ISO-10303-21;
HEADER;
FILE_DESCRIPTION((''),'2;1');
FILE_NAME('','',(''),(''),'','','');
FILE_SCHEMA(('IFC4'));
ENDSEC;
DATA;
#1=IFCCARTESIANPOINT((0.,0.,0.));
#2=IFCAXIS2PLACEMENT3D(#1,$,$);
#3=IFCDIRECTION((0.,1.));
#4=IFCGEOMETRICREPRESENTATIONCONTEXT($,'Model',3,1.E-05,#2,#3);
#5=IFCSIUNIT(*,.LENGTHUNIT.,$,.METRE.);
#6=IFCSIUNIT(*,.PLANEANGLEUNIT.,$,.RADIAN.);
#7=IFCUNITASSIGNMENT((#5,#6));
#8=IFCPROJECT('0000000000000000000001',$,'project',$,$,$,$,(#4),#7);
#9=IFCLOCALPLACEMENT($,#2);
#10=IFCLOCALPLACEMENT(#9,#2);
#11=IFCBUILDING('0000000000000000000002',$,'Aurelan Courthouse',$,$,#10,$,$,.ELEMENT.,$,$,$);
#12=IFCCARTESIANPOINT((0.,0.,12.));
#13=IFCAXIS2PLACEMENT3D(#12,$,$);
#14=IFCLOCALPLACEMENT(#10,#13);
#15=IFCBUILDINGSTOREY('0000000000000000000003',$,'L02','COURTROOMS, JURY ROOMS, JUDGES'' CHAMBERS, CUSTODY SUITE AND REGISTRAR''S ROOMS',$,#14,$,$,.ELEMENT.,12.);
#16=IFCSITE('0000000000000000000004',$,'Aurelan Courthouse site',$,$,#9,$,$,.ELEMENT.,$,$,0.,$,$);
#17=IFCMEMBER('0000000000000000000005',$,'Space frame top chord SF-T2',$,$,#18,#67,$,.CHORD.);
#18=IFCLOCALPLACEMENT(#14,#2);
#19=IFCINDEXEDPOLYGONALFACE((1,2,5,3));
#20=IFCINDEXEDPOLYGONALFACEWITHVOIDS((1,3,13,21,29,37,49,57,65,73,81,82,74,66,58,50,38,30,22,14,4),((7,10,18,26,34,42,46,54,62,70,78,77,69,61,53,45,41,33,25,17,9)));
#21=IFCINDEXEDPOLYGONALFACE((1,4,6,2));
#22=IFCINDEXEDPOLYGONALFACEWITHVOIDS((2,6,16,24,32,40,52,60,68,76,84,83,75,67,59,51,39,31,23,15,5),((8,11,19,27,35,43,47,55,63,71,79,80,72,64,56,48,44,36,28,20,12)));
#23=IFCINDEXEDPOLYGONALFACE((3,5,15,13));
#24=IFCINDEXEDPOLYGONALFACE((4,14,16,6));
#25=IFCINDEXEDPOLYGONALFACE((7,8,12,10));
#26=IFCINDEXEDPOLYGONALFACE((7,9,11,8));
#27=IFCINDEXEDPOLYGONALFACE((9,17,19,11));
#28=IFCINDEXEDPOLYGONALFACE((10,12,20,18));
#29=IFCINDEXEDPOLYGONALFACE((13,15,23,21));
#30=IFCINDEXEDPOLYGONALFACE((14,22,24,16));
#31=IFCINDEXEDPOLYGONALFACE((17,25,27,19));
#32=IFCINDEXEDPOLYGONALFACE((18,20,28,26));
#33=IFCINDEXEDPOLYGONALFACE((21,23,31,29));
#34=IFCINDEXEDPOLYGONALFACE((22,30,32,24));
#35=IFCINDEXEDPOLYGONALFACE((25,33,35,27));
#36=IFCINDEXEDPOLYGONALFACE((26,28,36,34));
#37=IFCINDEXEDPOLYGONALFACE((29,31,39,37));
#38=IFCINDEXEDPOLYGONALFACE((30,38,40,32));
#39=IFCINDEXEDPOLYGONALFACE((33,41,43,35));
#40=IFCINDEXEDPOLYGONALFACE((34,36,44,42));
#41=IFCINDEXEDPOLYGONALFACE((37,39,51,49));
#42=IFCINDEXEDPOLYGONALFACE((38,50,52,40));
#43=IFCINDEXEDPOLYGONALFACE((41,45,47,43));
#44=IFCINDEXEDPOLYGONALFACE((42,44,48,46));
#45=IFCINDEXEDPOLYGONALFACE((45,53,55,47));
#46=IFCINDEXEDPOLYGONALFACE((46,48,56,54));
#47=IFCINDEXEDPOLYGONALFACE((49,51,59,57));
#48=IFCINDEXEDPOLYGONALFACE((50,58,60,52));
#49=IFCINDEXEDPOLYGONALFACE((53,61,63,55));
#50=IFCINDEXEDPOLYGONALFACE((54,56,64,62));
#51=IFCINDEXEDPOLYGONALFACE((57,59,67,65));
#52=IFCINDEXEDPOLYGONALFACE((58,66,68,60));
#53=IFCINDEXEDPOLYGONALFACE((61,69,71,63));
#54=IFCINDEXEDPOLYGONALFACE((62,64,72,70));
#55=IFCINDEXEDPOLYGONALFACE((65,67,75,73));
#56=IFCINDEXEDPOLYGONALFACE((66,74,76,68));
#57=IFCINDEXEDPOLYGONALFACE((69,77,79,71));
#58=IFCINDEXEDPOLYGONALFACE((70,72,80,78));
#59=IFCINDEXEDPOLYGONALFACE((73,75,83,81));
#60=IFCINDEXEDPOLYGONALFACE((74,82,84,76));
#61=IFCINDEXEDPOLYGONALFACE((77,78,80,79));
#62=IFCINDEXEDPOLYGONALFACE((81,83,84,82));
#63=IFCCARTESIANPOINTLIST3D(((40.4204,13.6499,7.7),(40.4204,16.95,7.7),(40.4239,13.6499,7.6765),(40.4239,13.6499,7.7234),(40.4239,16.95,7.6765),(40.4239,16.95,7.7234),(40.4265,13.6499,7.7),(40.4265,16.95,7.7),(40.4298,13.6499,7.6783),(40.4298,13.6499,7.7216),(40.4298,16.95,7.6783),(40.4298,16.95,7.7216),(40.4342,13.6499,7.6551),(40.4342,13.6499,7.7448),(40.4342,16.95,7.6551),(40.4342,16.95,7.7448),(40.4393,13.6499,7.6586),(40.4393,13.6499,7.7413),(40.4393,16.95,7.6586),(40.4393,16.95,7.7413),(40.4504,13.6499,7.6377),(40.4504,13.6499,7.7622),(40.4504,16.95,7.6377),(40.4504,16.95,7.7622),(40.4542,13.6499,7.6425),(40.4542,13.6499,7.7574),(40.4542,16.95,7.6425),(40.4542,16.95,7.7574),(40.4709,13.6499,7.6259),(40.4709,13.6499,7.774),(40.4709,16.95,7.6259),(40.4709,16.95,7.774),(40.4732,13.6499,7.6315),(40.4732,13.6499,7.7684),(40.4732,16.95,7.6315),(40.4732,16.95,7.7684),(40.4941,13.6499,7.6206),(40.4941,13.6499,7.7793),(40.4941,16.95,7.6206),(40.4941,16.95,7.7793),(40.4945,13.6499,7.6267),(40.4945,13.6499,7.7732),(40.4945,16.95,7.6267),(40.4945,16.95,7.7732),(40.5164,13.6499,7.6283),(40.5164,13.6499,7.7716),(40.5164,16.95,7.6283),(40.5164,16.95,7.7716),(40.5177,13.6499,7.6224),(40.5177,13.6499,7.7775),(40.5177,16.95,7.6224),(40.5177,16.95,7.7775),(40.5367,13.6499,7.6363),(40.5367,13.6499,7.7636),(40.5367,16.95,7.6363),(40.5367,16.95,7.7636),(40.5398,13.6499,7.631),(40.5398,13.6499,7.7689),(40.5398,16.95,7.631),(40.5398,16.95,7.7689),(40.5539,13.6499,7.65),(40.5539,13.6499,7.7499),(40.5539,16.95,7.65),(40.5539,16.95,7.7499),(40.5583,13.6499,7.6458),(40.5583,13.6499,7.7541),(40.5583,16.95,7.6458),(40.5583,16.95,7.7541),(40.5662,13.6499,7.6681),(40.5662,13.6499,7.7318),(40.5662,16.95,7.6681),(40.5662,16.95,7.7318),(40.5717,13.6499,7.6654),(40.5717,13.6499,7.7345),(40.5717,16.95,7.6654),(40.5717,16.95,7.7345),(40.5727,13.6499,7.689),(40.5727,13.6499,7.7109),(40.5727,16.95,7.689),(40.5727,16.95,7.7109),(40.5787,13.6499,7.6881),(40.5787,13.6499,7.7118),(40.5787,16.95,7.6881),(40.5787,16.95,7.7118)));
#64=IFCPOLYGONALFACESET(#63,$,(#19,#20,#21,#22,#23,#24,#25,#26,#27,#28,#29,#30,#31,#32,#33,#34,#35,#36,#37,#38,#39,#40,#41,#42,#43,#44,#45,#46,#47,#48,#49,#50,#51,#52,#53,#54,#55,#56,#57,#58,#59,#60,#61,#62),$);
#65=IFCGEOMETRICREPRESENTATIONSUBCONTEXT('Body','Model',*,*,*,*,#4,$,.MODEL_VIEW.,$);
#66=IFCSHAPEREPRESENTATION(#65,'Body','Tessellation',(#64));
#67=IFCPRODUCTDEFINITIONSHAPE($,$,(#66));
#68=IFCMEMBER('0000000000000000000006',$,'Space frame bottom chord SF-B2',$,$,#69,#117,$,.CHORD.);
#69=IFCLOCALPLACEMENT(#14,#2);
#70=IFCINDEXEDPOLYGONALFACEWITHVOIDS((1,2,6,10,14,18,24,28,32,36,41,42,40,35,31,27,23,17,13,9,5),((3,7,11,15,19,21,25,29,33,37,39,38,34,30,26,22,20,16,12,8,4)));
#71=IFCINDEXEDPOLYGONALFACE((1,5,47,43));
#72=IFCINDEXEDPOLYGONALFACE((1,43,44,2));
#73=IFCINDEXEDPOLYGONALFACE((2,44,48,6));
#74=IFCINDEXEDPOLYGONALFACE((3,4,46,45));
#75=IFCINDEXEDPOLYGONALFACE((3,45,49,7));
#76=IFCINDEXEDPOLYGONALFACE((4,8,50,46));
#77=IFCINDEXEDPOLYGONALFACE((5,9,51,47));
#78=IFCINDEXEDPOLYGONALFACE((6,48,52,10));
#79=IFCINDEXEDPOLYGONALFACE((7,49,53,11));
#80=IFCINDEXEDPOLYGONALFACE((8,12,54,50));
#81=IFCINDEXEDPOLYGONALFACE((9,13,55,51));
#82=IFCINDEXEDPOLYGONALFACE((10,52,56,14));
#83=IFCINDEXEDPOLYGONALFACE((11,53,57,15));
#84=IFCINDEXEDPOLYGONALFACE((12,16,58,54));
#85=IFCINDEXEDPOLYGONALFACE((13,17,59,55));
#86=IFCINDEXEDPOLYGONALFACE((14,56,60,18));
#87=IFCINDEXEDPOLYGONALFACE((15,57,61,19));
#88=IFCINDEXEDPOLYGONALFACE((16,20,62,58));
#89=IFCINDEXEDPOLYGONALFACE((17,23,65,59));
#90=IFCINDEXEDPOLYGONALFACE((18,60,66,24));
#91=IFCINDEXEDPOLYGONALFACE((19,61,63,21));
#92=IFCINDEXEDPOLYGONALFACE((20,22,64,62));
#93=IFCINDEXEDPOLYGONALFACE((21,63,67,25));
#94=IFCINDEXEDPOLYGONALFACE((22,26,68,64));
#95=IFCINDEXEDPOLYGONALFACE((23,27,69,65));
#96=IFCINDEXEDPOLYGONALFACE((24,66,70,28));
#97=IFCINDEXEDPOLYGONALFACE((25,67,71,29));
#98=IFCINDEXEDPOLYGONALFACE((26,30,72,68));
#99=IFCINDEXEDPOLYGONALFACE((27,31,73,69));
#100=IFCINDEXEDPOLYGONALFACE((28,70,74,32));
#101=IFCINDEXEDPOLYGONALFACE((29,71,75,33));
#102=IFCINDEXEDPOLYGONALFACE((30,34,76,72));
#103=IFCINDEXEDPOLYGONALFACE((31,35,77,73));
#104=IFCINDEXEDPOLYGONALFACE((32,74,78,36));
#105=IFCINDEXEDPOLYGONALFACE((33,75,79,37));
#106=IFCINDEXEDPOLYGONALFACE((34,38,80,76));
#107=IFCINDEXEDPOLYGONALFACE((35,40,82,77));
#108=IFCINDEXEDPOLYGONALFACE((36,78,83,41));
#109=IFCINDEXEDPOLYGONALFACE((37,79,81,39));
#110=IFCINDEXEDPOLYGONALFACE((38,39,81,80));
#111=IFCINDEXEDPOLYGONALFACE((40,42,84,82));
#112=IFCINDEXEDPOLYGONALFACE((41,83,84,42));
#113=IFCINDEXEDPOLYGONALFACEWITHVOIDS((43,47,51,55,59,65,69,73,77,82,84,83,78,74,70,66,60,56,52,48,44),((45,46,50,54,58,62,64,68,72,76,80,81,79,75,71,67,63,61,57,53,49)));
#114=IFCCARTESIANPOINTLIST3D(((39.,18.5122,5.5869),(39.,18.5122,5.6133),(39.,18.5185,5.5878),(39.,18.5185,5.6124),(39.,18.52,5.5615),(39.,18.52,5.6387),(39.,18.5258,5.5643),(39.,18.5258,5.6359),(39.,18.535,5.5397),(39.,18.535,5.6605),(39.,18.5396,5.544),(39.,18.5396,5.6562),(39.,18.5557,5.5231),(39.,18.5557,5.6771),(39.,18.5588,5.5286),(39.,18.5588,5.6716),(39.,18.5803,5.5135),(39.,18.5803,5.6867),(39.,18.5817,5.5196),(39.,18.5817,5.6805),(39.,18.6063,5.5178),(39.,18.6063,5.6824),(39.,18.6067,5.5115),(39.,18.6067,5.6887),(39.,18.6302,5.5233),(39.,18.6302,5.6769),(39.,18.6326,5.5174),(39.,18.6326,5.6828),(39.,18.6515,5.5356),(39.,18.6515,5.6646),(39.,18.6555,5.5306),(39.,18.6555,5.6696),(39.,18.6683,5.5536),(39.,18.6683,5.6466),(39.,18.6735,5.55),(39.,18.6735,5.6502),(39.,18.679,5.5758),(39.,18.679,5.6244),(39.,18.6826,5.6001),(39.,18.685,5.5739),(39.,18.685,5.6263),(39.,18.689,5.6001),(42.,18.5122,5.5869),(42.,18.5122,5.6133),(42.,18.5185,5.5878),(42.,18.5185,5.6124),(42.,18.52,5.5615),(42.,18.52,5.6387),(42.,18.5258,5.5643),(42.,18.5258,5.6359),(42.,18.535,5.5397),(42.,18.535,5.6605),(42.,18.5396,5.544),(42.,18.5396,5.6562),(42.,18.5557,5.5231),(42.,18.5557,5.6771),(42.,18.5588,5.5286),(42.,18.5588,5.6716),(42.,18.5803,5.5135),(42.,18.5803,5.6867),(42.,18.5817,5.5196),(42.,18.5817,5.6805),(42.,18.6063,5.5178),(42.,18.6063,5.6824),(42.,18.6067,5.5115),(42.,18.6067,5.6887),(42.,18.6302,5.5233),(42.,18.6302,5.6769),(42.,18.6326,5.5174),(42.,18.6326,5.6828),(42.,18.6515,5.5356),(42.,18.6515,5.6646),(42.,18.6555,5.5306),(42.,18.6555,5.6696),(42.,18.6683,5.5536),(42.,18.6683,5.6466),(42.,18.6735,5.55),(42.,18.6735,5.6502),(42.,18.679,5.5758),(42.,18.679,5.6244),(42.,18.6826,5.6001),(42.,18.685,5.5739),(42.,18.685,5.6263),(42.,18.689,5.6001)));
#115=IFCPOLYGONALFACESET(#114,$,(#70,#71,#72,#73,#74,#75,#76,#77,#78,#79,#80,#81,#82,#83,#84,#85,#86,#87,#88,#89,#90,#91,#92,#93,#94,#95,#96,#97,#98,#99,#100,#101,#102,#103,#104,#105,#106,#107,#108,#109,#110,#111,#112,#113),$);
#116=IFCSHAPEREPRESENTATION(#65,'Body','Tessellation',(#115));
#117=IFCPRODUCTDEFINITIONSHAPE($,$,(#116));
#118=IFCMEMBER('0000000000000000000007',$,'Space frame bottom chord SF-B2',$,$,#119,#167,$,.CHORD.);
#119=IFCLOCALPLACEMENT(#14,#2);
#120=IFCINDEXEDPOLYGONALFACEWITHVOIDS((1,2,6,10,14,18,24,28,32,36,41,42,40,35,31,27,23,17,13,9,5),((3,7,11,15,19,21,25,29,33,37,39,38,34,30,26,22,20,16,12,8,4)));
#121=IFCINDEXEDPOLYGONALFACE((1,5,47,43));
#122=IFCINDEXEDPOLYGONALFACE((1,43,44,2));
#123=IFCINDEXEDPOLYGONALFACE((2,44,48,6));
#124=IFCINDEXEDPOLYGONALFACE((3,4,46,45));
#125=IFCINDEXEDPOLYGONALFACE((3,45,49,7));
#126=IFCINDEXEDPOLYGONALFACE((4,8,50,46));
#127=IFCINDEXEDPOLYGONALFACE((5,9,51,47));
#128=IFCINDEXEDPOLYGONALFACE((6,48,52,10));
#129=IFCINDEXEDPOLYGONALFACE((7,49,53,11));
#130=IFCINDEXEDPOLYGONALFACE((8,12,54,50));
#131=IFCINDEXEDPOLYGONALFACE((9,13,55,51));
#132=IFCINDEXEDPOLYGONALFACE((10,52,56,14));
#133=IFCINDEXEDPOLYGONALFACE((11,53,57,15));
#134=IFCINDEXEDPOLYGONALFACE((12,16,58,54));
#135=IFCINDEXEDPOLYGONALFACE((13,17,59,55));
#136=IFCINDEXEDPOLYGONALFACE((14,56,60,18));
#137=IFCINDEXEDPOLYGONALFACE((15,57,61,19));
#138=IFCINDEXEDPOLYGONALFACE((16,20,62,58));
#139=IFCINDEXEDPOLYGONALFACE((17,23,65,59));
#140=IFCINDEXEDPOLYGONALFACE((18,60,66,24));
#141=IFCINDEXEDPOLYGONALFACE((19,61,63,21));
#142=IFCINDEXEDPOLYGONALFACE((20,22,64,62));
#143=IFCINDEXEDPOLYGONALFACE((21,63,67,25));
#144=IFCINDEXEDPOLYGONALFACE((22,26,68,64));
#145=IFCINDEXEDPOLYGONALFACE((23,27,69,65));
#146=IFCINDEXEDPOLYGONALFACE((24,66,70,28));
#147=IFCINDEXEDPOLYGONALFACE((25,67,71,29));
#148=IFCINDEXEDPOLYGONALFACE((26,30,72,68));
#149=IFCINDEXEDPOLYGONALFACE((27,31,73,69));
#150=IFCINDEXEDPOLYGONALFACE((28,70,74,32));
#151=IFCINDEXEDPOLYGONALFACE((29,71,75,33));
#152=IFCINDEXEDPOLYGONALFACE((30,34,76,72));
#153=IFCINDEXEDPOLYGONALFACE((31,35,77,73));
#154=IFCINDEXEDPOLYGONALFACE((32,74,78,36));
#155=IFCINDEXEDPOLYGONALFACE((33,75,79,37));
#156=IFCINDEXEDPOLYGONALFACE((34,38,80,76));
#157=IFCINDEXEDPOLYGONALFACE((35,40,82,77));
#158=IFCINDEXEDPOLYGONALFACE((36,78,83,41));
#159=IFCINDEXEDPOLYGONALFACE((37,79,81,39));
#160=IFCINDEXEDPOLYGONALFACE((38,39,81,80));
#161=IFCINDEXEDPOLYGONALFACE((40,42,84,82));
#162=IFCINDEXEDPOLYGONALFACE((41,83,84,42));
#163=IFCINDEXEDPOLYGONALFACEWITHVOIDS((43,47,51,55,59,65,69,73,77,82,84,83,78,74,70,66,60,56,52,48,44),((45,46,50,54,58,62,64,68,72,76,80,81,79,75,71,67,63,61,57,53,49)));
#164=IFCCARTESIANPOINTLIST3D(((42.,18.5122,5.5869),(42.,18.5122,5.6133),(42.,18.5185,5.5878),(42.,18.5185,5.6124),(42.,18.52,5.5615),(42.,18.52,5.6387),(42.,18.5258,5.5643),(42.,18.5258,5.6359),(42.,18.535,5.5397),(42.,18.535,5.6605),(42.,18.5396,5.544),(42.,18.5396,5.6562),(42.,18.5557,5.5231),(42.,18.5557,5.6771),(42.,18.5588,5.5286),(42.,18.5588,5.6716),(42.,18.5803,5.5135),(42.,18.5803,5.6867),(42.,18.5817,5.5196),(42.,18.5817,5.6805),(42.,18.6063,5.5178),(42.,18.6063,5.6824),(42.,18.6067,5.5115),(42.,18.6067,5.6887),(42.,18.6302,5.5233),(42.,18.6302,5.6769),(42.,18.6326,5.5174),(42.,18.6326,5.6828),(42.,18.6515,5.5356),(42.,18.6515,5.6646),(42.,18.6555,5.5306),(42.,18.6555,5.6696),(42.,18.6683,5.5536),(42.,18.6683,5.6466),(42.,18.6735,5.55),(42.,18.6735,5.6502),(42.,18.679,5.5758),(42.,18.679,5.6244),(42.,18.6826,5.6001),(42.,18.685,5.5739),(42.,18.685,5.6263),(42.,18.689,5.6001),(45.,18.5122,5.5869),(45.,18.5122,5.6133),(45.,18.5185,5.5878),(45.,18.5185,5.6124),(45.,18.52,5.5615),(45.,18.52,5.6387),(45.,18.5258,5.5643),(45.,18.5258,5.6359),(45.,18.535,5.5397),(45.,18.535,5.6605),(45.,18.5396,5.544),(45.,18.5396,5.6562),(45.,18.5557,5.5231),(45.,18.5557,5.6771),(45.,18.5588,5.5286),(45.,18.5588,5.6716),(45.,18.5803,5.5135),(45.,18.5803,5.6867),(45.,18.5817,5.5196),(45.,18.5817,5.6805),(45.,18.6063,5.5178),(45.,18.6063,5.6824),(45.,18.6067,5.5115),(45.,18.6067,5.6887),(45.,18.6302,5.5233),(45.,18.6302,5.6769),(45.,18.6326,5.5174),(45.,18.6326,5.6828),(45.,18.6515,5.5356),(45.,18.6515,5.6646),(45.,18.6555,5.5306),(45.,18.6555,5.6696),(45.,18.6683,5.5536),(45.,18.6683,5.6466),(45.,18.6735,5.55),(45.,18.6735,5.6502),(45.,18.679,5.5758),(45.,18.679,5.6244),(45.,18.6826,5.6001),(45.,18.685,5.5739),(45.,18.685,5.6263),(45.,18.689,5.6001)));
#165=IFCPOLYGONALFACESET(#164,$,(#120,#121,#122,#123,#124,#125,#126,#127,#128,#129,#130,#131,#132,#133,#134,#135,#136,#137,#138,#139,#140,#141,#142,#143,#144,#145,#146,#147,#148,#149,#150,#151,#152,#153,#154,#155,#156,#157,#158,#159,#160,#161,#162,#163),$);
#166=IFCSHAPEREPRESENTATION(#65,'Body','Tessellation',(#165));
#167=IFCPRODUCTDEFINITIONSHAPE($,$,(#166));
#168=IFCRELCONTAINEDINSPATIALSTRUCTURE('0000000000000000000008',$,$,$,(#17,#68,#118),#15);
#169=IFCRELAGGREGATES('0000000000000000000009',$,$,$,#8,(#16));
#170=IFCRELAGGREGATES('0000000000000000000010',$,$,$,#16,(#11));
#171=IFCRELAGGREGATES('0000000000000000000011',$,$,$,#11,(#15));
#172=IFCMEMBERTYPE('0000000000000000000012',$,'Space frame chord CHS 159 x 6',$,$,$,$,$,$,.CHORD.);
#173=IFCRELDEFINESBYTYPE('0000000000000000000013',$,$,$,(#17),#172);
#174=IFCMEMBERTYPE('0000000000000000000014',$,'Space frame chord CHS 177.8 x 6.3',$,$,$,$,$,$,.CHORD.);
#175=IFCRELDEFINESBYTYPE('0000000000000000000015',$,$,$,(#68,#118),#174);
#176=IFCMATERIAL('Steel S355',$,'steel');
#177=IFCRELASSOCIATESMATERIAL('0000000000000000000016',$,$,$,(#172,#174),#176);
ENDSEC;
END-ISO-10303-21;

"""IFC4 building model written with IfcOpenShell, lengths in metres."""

from ifc_helpers import new_model, si_unit, direction, frame, origin, origin_2d, place, context, subcontext, project, spatial, hollow_circle, extrude, material, material_profile, profile_set, type_object, element, save


model = new_model("IFC4")

# Units and contexts
model_context = context("Model", 3, precision=1e-05, world=origin(), true_north=direction((0.0, 1.0)))
body_context = subcontext(model_context, "Body", "Model", "MODEL_VIEW")
ifc_project = project(units=[si_unit("LENGTHUNIT", "METRE"), si_unit("PLANEANGLEUNIT", "RADIAN")], contexts=[model_context])

# Site, building, storey
site_placement = place(None, origin())
site = spatial("IfcSite", under=ifc_project, at=site_placement, Name="Aurelan Courthouse site", CompositionType="ELEMENT", RefElevation=0.0)
building_placement = place(site_placement, origin())
building = spatial("IfcBuilding", under=site, at=building_placement, Name="Aurelan Courthouse", CompositionType="ELEMENT")
storey_placement = place(building_placement, frame((0.0, 0.0, 12.0)))
storey = spatial("IfcBuildingStorey", under=building, at=storey_placement, Name="L02", Description="COURTROOMS, JURY ROOMS, JUDGES' CHAMBERS, CUSTODY SUITE AND REGISTRAR'S ROOMS", CompositionType="ELEMENT", Elevation=12.0)

# Shared definitions
ifc_material_1 = material(Name="Steel S355", Category="steel")

# Members
ifc_material_profile_1 = material_profile(ifc_material_1, hollow_circle(Radius=0.0796, WallThickness=0.0061, at=origin_2d()), Name="CHS 159 x 6")
ifc_profile_set_1 = profile_set([ifc_material_profile_1], Name="Steel S355")
member_type_1 = type_object("IfcMemberType", Name="Space frame chord CHS 159 x 6", PredefinedType="CHORD", material=ifc_profile_set_1)
member_1_placement = place(storey_placement, frame((40.5, 13.6499, 7.7), z_axis=(0.0, 1.0, 0.0), x_axis=(-1.0, 0.0, 0.0)))
element("IfcMember", 1, at=member_1_placement, inside=storey, type_object=member_type_1, Name="Space frame top chord SF-T2", PredefinedType="CHORD", context=body_context, shape_type="SweptSolid", body=[
    extrude(hollow_circle(Radius=0.0796, WallThickness=0.0061, at=origin_2d()), origin(), (0.0, 0.0, 1.0), 3.3),
])
ifc_material_profile_2 = material_profile(ifc_material_1, hollow_circle(Radius=0.0889, WallThickness=0.0063, at=origin_2d()), Name="CHS 177.8 x 6.3")
ifc_profile_set_2 = profile_set([ifc_material_profile_2], Name="Steel S355")
member_type_2 = type_object("IfcMemberType", Name="Space frame chord CHS 177.8 x 6.3", PredefinedType="CHORD", material=ifc_profile_set_2)
for number, where, z_axis, x_axis, name in (
    (2, (39.0, 18.6001, 5.6001), (1.0, 0.0, 0.0), (0.0, 1.0, 0.0), "Space frame bottom chord SF-B2"),
    (3, (42.0, 18.6001, 5.6001), (1.0, 0.0, 0.0), (0.0, 1.0, 0.0), "Space frame bottom chord SF-B2"),
):
    element("IfcMember", number, at=place(storey_placement, frame(where, z_axis=z_axis, x_axis=x_axis)), inside=storey, type_object=member_type_2, Name=name, PredefinedType="CHORD", context=body_context, shape_type="SweptSolid", body=[
        extrude(hollow_circle(Radius=0.0889, WallThickness=0.0063, at=origin_2d()), origin(), (0.0, 0.0, 1.0), 3.0),
    ])

save(model, "model.ifc")
